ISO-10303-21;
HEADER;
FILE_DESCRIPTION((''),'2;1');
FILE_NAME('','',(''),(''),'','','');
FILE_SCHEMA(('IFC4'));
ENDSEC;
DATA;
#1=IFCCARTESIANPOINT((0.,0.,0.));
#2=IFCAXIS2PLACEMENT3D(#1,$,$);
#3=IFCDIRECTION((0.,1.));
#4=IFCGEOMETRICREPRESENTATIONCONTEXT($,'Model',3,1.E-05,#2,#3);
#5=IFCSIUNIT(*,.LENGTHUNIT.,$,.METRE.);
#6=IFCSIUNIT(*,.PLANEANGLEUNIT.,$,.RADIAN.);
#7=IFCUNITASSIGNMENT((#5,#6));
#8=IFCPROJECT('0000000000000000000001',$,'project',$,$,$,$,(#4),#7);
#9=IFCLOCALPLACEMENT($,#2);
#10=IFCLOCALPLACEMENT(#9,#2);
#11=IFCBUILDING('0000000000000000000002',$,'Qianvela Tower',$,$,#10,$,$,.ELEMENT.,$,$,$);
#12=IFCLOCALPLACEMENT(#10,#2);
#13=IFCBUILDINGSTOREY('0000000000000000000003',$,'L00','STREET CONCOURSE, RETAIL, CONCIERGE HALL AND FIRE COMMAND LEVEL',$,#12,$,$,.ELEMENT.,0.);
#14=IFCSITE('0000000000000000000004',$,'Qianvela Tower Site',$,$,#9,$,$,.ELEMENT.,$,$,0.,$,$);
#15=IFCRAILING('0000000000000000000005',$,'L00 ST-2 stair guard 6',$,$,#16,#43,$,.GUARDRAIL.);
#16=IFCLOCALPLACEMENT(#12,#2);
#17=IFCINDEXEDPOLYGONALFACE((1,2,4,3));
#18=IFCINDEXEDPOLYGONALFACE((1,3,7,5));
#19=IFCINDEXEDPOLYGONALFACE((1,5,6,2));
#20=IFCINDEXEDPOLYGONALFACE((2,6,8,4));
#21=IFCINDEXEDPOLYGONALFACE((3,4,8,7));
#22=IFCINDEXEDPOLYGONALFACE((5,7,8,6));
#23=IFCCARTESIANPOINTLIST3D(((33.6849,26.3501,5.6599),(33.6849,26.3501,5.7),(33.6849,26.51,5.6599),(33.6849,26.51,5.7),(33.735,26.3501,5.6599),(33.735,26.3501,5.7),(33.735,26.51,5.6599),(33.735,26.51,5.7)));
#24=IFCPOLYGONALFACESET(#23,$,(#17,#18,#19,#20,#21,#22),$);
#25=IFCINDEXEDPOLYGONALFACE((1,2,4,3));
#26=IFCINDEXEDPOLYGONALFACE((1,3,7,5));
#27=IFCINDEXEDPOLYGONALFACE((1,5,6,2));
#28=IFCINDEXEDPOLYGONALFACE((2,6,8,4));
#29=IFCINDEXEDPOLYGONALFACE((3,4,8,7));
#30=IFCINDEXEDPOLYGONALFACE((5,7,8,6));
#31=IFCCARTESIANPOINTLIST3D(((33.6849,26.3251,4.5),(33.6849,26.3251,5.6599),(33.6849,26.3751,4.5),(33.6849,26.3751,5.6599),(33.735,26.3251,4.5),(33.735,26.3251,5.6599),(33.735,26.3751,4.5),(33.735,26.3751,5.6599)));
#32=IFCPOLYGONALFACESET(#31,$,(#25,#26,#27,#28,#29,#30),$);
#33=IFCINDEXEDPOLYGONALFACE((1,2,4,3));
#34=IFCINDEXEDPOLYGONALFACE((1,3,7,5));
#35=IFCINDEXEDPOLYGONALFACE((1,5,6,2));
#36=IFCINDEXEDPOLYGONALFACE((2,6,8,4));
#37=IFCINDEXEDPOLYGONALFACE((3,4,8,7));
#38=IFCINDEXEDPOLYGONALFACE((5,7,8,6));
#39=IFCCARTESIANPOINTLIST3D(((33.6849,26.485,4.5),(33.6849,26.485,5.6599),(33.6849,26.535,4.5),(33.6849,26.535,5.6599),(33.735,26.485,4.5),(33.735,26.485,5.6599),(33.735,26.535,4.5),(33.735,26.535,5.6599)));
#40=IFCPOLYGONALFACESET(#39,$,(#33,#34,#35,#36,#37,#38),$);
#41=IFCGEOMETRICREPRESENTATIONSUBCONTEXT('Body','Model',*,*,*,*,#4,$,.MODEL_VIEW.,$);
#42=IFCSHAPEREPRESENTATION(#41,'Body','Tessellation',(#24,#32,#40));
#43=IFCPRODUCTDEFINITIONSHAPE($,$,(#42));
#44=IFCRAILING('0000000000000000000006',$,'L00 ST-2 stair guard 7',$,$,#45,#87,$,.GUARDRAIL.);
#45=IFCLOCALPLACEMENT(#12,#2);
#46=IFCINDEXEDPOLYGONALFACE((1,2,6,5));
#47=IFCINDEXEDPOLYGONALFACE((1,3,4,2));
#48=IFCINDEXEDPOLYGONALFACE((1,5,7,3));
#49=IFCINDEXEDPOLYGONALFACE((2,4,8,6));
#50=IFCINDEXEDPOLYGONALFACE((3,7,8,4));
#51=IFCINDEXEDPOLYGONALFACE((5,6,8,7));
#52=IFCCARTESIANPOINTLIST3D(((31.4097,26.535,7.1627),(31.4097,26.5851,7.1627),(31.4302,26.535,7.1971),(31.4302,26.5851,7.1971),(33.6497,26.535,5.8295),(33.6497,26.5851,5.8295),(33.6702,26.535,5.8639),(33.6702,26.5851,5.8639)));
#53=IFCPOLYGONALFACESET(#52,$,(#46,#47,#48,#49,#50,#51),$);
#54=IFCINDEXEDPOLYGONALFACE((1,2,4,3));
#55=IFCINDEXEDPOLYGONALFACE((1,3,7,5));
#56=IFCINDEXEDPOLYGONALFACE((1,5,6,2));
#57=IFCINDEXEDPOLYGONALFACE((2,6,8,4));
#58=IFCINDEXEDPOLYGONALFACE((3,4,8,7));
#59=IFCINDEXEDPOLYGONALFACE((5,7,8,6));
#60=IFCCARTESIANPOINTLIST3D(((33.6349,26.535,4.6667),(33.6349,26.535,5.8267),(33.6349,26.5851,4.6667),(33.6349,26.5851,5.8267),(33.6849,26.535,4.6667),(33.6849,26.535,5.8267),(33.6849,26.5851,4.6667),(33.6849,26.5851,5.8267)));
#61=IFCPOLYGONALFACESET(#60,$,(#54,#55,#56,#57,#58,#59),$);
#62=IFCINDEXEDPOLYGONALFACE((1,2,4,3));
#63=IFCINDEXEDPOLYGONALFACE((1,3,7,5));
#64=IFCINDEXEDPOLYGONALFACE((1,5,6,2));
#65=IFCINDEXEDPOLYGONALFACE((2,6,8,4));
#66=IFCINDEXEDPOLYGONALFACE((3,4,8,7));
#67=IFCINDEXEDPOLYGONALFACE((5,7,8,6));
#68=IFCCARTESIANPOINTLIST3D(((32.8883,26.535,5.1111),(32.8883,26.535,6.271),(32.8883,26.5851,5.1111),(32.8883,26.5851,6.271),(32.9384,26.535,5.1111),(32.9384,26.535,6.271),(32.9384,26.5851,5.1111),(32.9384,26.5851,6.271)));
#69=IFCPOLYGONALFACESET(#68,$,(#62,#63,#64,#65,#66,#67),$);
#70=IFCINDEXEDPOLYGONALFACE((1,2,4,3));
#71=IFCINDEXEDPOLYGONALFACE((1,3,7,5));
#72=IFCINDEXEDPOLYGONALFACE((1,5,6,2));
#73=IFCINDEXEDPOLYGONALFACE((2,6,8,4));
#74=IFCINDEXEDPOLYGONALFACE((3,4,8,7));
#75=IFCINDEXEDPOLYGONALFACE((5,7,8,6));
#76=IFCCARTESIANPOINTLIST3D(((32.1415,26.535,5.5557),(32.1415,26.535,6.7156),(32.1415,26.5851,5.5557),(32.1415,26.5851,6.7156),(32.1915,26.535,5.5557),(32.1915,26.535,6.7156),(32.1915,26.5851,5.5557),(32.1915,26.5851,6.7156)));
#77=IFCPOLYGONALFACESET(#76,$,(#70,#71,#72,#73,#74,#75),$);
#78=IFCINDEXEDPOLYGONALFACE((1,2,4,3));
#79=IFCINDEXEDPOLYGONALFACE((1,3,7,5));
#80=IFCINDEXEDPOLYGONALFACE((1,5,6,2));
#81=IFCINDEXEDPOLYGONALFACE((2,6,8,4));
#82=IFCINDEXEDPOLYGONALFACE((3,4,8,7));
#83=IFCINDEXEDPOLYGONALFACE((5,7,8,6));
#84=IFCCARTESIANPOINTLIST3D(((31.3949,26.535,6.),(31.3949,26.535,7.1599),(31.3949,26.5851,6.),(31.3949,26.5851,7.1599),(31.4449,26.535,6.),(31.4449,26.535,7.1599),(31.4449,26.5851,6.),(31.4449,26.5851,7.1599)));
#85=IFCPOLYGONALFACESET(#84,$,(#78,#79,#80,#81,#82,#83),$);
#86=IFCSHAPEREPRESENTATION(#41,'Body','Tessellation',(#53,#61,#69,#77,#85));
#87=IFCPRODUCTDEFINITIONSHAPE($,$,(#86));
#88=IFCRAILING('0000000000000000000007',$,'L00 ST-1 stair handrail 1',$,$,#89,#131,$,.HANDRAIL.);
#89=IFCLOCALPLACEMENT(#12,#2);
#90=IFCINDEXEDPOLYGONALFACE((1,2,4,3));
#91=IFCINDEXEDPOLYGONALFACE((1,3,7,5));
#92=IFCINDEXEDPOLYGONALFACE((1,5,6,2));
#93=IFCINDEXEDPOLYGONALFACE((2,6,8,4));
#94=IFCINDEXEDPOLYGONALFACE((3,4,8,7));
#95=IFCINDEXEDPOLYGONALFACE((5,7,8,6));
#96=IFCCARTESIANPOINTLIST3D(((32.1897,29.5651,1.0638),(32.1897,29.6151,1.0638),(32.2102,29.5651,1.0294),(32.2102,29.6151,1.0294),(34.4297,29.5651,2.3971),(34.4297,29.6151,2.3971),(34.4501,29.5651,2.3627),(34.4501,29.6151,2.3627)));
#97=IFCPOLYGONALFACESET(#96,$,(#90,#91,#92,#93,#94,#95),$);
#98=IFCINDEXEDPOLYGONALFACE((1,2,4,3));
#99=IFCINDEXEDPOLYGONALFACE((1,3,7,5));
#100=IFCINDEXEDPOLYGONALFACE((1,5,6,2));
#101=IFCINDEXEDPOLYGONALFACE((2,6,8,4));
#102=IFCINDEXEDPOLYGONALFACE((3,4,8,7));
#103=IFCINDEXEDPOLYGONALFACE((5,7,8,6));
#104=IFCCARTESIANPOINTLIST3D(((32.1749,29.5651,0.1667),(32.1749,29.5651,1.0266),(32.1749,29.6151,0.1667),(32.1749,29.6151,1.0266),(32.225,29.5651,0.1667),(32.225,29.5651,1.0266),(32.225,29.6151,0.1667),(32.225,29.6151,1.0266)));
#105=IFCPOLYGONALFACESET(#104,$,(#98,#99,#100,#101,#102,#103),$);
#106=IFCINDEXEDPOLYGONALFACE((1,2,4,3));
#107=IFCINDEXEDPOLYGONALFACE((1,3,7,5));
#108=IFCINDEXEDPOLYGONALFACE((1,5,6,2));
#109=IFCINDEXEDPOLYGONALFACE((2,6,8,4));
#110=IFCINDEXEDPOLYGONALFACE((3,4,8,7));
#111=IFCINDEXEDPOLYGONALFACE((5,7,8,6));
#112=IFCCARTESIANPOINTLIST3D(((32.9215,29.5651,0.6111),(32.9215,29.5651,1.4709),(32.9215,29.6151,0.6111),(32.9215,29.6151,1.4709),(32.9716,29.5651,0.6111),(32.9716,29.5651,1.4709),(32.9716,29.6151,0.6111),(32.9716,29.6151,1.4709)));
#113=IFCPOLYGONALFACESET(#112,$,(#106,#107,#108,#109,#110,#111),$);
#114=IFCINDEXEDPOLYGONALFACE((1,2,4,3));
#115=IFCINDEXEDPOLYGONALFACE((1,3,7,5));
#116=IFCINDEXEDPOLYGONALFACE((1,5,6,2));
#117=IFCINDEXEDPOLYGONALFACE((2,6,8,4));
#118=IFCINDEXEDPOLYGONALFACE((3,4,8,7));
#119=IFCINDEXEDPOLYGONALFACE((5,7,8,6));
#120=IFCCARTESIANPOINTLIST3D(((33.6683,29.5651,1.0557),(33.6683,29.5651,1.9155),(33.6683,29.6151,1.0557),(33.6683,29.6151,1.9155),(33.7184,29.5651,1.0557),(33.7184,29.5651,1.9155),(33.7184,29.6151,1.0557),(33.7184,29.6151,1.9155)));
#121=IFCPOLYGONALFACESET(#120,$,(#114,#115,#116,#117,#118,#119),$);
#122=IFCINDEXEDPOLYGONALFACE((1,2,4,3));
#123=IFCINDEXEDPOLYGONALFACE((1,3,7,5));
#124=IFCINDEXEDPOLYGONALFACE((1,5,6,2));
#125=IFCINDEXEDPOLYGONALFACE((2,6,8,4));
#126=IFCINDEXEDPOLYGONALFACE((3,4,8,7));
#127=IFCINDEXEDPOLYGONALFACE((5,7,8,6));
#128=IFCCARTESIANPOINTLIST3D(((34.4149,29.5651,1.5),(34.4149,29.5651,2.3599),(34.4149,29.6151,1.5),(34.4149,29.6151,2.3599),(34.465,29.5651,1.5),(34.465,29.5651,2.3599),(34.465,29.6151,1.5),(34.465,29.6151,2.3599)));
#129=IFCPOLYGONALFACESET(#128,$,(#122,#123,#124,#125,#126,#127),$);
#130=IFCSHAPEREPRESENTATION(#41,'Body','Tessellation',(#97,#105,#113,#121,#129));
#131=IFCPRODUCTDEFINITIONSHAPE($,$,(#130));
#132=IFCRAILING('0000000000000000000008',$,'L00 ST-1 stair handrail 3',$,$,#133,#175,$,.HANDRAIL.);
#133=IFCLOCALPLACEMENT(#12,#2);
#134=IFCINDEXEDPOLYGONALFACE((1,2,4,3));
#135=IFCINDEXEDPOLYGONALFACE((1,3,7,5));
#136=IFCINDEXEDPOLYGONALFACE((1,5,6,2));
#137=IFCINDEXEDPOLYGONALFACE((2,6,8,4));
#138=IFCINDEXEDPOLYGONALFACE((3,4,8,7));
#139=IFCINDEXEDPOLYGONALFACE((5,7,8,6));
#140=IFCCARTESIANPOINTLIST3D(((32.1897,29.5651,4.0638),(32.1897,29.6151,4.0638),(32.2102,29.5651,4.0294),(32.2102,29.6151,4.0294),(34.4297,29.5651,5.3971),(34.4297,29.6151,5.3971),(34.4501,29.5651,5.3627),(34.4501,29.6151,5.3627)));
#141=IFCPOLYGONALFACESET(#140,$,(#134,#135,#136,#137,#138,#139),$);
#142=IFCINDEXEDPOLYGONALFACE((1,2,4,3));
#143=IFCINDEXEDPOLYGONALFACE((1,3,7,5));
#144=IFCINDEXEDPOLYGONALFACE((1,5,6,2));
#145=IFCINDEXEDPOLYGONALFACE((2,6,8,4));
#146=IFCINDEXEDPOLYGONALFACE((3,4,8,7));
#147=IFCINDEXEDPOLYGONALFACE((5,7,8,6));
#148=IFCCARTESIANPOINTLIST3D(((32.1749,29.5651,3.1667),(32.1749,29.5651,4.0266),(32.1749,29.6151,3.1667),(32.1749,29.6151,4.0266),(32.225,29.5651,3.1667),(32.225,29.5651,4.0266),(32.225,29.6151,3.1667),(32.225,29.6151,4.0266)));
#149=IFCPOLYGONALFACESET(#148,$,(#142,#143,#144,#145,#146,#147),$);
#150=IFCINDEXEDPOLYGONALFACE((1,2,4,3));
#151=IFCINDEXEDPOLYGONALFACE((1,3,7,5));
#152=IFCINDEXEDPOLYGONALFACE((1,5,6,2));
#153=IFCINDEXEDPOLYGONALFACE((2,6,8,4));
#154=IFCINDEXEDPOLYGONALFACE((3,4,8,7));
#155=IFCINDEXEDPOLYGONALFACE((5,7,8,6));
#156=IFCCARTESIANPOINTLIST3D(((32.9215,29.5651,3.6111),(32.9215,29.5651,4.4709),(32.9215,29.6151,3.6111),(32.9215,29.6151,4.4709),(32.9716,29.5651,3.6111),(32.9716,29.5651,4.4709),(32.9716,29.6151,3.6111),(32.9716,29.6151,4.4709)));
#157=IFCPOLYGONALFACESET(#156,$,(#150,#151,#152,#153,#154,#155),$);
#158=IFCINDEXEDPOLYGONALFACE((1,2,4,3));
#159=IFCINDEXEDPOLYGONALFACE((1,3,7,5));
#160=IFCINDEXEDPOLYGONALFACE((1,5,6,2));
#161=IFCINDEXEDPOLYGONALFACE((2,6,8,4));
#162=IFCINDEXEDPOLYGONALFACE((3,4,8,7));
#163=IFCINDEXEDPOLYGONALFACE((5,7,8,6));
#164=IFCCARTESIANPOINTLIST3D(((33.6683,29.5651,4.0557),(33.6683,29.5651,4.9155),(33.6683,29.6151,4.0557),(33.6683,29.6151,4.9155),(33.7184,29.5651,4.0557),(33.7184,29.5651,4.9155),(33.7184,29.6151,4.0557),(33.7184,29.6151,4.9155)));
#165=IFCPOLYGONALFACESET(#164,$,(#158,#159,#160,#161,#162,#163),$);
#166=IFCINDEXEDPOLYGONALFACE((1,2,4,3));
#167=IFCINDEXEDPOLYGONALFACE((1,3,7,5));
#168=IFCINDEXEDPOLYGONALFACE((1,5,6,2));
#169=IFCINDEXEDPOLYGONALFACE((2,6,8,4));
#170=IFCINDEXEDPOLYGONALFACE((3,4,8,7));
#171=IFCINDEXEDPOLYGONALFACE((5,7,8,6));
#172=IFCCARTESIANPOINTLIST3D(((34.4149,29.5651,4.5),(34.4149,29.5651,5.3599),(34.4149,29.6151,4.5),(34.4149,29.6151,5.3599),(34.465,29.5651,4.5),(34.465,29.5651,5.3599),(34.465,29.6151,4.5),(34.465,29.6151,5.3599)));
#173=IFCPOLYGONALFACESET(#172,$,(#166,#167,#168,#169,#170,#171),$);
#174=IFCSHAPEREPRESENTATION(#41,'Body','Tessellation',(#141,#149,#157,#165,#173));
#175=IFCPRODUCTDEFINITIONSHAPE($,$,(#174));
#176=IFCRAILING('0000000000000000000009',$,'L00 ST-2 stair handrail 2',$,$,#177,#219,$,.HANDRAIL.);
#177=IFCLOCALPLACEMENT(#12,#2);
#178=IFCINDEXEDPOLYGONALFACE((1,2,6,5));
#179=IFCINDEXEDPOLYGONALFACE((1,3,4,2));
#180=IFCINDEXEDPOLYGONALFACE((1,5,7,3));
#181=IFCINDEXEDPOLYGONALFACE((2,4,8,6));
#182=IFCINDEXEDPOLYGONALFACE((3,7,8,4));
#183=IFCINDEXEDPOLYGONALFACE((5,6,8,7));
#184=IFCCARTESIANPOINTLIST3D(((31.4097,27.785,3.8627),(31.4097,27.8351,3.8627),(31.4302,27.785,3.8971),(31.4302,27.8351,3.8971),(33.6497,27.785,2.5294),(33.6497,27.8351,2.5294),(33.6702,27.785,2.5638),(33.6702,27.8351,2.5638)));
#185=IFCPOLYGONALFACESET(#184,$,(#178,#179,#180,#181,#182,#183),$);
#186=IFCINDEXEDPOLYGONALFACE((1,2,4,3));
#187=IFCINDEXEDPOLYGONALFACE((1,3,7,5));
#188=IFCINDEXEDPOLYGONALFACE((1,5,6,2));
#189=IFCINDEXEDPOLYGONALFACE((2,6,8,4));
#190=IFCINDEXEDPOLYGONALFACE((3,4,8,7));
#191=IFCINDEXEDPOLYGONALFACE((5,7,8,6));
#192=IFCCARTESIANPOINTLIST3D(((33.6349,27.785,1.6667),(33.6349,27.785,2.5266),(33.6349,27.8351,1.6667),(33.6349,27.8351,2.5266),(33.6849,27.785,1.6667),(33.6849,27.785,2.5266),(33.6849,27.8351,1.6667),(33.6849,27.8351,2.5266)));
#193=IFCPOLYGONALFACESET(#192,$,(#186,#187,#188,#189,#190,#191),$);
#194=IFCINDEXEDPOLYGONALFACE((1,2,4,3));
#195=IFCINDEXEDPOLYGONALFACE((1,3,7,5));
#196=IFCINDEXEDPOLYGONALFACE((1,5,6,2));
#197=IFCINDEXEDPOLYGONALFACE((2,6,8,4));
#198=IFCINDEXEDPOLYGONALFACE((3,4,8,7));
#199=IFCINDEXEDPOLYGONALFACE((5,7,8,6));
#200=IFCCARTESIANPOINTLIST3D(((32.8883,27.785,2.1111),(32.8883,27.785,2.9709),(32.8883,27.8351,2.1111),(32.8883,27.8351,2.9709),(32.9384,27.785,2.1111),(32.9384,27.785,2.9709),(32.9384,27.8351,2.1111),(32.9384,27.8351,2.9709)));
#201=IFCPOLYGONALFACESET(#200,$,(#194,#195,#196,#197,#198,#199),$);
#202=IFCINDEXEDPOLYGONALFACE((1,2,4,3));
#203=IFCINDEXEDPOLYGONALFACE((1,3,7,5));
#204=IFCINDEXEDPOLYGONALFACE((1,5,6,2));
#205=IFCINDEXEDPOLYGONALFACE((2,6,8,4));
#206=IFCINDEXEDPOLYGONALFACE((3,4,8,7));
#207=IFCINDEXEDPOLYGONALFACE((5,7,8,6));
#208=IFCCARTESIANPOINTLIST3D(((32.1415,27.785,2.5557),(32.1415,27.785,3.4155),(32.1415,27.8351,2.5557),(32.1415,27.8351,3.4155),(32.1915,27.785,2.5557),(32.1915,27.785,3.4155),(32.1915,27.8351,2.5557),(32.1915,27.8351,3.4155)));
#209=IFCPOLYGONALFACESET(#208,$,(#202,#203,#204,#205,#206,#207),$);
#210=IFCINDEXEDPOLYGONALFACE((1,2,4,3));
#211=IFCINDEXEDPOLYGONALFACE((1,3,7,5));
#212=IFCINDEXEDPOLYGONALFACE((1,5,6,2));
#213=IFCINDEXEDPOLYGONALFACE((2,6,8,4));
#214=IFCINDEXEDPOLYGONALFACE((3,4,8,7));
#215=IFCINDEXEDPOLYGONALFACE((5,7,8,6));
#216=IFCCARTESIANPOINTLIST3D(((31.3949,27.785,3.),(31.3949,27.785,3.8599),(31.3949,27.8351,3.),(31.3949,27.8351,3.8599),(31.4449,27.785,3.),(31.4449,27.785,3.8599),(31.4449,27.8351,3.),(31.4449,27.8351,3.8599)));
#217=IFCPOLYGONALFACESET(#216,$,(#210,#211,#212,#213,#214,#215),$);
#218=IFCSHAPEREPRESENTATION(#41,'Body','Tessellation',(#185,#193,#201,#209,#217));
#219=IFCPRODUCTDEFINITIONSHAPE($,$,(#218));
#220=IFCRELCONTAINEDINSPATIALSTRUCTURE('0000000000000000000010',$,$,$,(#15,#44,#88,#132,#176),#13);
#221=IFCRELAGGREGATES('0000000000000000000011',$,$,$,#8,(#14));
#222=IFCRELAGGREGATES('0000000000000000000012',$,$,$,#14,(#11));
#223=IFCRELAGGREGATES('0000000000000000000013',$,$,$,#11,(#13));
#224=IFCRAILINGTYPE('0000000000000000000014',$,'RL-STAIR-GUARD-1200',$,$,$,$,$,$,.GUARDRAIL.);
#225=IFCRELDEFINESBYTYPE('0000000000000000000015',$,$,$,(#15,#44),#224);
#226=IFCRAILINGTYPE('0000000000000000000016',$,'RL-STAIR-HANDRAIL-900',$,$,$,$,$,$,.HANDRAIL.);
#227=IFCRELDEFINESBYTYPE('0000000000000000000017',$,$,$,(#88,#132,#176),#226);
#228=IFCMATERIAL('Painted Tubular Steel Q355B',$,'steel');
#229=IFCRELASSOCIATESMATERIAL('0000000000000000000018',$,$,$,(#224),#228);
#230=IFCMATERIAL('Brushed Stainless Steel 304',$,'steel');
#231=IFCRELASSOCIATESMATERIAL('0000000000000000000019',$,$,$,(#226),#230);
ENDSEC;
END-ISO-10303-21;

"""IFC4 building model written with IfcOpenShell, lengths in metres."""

from ifc_helpers import new_model, si_unit, direction, frame, origin, origin_2d, place, context, subcontext, project, spatial, rectangle, extrude, material, type_object, element, save


model = new_model("IFC4")

# Units and contexts
model_context = context("Model", 3, precision=1e-05, world=origin(), true_north=direction((0.0, 1.0)))
body_context = subcontext(model_context, "Body", "Model", "MODEL_VIEW")
ifc_project = project(units=[si_unit("LENGTHUNIT", "METRE"), si_unit("PLANEANGLEUNIT", "RADIAN")], contexts=[model_context])

# Site, building, storey
site_placement = place(None, origin())
site = spatial("IfcSite", under=ifc_project, at=site_placement, Name="Qianvela Tower Site", CompositionType="ELEMENT", RefElevation=0.0)
building_placement = place(site_placement, origin())
building = spatial("IfcBuilding", under=site, at=building_placement, Name="Qianvela Tower", CompositionType="ELEMENT")
storey_placement = place(building_placement, origin())
storey = spatial("IfcBuildingStorey", under=building, at=storey_placement, Name="L00", Description="STREET CONCOURSE, RETAIL, CONCIERGE HALL AND FIRE COMMAND LEVEL", CompositionType="ELEMENT", Elevation=0.0)

# Railings
ifc_material_1 = material(Name="Painted Tubular Steel Q355B", Category="steel")
railing_type_1 = type_object("IfcRailingType", Name="RL-STAIR-GUARD-1200", PredefinedType="GUARDRAIL", material=ifc_material_1)
railing_1_placement = place(storey_placement, frame((33.71, 26.3501, 4.5)))
element("IfcRailing", 1, at=railing_1_placement, inside=storey, type_object=railing_type_1, Name="L00 ST-2 stair guard 6", PredefinedType="GUARDRAIL", context=body_context, shape_type="SweptSolid", body=[
    extrude(rectangle(XDim=0.05, YDim=0.04, at=origin_2d()), frame((0.0, 0.0, 1.1799), z_axis=(0.0, 1.0, 0.0), x_axis=(-1.0, 0.0, 0.0)), (0.0, 0.0, 1.0), 0.1599),
    extrude(rectangle(XDim=0.05, YDim=0.05, at=origin_2d()), origin(), (0.0, 0.0, 1.0), 1.1599),
    extrude(rectangle(XDim=0.05, YDim=0.05, at=origin_2d()), frame((0.0, 0.1599, 0.0)), (0.0, 0.0, 1.0), 1.1599),
])
railing_2_placement = place(storey_placement, frame((33.6599, 26.5601, 4.6667)))
element("IfcRailing", 2, at=railing_2_placement, inside=storey, type_object=railing_type_1, Name="L00 ST-2 stair guard 7", PredefinedType="GUARDRAIL", context=body_context, shape_type="SweptSolid", body=[
    extrude(rectangle(XDim=0.05, YDim=0.04, at=origin_2d()), frame((0.0, 0.0, 1.1799), z_axis=(-0.859306, 0.0, 0.511462), x_axis=(0.0, -1.0, 0.0)), (0.0, 0.0, 1.0), 2.6067),
    extrude(rectangle(XDim=0.05, YDim=0.05, at=origin_2d()), origin(), (0.0, 0.0, 1.0), 1.1599),
    extrude(rectangle(XDim=0.05, YDim=0.05, at=origin_2d()), frame((-0.7466, 0.0, 0.4443)), (0.0, 0.0, 1.0), 1.1599),
    extrude(rectangle(XDim=0.05, YDim=0.05, at=origin_2d()), frame((-1.4934, 0.0, 0.8889)), (0.0, 0.0, 1.0), 1.1599),
    extrude(rectangle(XDim=0.05, YDim=0.05, at=origin_2d()), frame((-2.24, 0.0, 1.3333)), (0.0, 0.0, 1.0), 1.1599),
])
ifc_material_2 = material(Name="Brushed Stainless Steel 304", Category="steel")
railing_type_2 = type_object("IfcRailingType", Name="RL-STAIR-HANDRAIL-900", PredefinedType="HANDRAIL", material=ifc_material_2)
for number, where, name in (
    (3, (32.2, 29.5901, 0.1667), "L00 ST-1 stair handrail 1"),
    (4, (32.2, 29.5901, 3.1667), "L00 ST-1 stair handrail 3"),
):
    element("IfcRailing", number, at=place(storey_placement, frame(where)), inside=storey, type_object=railing_type_2, Name=name, PredefinedType="HANDRAIL", context=body_context, shape_type="SweptSolid", body=[
        extrude(rectangle(XDim=0.05, YDim=0.04, at=origin_2d()), frame((0.0, 0.0, 0.8799), z_axis=(0.859306, 0.0, 0.511462), x_axis=(0.0, 1.0, 0.0)), (0.0, 0.0, 1.0), 2.6067),
        extrude(rectangle(XDim=0.05, YDim=0.05, at=origin_2d()), origin(), (0.0, 0.0, 1.0), 0.8599),
        extrude(rectangle(XDim=0.05, YDim=0.05, at=origin_2d()), frame((0.7466, 0.0, 0.4443)), (0.0, 0.0, 1.0), 0.8599),
        extrude(rectangle(XDim=0.05, YDim=0.05, at=origin_2d()), frame((1.4934, 0.0, 0.8889)), (0.0, 0.0, 1.0), 0.8599),
        extrude(rectangle(XDim=0.05, YDim=0.05, at=origin_2d()), frame((2.24, 0.0, 1.3333)), (0.0, 0.0, 1.0), 0.8599),
    ])
for number, where, name in (
    (5, (33.6599, 27.8101, 1.6667), "L00 ST-2 stair handrail 2"),
):
    element("IfcRailing", number, at=place(storey_placement, frame(where)), inside=storey, type_object=railing_type_2, Name=name, PredefinedType="HANDRAIL", context=body_context, shape_type="SweptSolid", body=[
        extrude(rectangle(XDim=0.05, YDim=0.04, at=origin_2d()), frame((0.0, 0.0, 0.8799), z_axis=(-0.859306, 0.0, 0.511462), x_axis=(0.0, -1.0, 0.0)), (0.0, 0.0, 1.0), 2.6067),
        extrude(rectangle(XDim=0.05, YDim=0.05, at=origin_2d()), origin(), (0.0, 0.0, 1.0), 0.8599),
        extrude(rectangle(XDim=0.05, YDim=0.05, at=origin_2d()), frame((-0.7466, 0.0, 0.4443)), (0.0, 0.0, 1.0), 0.8599),
        extrude(rectangle(XDim=0.05, YDim=0.05, at=origin_2d()), frame((-1.4934, 0.0, 0.8889)), (0.0, 0.0, 1.0), 0.8599),
        extrude(rectangle(XDim=0.05, YDim=0.05, at=origin_2d()), frame((-2.24, 0.0, 1.3333)), (0.0, 0.0, 1.0), 0.8599),
    ])

save(model, "model.ifc")
